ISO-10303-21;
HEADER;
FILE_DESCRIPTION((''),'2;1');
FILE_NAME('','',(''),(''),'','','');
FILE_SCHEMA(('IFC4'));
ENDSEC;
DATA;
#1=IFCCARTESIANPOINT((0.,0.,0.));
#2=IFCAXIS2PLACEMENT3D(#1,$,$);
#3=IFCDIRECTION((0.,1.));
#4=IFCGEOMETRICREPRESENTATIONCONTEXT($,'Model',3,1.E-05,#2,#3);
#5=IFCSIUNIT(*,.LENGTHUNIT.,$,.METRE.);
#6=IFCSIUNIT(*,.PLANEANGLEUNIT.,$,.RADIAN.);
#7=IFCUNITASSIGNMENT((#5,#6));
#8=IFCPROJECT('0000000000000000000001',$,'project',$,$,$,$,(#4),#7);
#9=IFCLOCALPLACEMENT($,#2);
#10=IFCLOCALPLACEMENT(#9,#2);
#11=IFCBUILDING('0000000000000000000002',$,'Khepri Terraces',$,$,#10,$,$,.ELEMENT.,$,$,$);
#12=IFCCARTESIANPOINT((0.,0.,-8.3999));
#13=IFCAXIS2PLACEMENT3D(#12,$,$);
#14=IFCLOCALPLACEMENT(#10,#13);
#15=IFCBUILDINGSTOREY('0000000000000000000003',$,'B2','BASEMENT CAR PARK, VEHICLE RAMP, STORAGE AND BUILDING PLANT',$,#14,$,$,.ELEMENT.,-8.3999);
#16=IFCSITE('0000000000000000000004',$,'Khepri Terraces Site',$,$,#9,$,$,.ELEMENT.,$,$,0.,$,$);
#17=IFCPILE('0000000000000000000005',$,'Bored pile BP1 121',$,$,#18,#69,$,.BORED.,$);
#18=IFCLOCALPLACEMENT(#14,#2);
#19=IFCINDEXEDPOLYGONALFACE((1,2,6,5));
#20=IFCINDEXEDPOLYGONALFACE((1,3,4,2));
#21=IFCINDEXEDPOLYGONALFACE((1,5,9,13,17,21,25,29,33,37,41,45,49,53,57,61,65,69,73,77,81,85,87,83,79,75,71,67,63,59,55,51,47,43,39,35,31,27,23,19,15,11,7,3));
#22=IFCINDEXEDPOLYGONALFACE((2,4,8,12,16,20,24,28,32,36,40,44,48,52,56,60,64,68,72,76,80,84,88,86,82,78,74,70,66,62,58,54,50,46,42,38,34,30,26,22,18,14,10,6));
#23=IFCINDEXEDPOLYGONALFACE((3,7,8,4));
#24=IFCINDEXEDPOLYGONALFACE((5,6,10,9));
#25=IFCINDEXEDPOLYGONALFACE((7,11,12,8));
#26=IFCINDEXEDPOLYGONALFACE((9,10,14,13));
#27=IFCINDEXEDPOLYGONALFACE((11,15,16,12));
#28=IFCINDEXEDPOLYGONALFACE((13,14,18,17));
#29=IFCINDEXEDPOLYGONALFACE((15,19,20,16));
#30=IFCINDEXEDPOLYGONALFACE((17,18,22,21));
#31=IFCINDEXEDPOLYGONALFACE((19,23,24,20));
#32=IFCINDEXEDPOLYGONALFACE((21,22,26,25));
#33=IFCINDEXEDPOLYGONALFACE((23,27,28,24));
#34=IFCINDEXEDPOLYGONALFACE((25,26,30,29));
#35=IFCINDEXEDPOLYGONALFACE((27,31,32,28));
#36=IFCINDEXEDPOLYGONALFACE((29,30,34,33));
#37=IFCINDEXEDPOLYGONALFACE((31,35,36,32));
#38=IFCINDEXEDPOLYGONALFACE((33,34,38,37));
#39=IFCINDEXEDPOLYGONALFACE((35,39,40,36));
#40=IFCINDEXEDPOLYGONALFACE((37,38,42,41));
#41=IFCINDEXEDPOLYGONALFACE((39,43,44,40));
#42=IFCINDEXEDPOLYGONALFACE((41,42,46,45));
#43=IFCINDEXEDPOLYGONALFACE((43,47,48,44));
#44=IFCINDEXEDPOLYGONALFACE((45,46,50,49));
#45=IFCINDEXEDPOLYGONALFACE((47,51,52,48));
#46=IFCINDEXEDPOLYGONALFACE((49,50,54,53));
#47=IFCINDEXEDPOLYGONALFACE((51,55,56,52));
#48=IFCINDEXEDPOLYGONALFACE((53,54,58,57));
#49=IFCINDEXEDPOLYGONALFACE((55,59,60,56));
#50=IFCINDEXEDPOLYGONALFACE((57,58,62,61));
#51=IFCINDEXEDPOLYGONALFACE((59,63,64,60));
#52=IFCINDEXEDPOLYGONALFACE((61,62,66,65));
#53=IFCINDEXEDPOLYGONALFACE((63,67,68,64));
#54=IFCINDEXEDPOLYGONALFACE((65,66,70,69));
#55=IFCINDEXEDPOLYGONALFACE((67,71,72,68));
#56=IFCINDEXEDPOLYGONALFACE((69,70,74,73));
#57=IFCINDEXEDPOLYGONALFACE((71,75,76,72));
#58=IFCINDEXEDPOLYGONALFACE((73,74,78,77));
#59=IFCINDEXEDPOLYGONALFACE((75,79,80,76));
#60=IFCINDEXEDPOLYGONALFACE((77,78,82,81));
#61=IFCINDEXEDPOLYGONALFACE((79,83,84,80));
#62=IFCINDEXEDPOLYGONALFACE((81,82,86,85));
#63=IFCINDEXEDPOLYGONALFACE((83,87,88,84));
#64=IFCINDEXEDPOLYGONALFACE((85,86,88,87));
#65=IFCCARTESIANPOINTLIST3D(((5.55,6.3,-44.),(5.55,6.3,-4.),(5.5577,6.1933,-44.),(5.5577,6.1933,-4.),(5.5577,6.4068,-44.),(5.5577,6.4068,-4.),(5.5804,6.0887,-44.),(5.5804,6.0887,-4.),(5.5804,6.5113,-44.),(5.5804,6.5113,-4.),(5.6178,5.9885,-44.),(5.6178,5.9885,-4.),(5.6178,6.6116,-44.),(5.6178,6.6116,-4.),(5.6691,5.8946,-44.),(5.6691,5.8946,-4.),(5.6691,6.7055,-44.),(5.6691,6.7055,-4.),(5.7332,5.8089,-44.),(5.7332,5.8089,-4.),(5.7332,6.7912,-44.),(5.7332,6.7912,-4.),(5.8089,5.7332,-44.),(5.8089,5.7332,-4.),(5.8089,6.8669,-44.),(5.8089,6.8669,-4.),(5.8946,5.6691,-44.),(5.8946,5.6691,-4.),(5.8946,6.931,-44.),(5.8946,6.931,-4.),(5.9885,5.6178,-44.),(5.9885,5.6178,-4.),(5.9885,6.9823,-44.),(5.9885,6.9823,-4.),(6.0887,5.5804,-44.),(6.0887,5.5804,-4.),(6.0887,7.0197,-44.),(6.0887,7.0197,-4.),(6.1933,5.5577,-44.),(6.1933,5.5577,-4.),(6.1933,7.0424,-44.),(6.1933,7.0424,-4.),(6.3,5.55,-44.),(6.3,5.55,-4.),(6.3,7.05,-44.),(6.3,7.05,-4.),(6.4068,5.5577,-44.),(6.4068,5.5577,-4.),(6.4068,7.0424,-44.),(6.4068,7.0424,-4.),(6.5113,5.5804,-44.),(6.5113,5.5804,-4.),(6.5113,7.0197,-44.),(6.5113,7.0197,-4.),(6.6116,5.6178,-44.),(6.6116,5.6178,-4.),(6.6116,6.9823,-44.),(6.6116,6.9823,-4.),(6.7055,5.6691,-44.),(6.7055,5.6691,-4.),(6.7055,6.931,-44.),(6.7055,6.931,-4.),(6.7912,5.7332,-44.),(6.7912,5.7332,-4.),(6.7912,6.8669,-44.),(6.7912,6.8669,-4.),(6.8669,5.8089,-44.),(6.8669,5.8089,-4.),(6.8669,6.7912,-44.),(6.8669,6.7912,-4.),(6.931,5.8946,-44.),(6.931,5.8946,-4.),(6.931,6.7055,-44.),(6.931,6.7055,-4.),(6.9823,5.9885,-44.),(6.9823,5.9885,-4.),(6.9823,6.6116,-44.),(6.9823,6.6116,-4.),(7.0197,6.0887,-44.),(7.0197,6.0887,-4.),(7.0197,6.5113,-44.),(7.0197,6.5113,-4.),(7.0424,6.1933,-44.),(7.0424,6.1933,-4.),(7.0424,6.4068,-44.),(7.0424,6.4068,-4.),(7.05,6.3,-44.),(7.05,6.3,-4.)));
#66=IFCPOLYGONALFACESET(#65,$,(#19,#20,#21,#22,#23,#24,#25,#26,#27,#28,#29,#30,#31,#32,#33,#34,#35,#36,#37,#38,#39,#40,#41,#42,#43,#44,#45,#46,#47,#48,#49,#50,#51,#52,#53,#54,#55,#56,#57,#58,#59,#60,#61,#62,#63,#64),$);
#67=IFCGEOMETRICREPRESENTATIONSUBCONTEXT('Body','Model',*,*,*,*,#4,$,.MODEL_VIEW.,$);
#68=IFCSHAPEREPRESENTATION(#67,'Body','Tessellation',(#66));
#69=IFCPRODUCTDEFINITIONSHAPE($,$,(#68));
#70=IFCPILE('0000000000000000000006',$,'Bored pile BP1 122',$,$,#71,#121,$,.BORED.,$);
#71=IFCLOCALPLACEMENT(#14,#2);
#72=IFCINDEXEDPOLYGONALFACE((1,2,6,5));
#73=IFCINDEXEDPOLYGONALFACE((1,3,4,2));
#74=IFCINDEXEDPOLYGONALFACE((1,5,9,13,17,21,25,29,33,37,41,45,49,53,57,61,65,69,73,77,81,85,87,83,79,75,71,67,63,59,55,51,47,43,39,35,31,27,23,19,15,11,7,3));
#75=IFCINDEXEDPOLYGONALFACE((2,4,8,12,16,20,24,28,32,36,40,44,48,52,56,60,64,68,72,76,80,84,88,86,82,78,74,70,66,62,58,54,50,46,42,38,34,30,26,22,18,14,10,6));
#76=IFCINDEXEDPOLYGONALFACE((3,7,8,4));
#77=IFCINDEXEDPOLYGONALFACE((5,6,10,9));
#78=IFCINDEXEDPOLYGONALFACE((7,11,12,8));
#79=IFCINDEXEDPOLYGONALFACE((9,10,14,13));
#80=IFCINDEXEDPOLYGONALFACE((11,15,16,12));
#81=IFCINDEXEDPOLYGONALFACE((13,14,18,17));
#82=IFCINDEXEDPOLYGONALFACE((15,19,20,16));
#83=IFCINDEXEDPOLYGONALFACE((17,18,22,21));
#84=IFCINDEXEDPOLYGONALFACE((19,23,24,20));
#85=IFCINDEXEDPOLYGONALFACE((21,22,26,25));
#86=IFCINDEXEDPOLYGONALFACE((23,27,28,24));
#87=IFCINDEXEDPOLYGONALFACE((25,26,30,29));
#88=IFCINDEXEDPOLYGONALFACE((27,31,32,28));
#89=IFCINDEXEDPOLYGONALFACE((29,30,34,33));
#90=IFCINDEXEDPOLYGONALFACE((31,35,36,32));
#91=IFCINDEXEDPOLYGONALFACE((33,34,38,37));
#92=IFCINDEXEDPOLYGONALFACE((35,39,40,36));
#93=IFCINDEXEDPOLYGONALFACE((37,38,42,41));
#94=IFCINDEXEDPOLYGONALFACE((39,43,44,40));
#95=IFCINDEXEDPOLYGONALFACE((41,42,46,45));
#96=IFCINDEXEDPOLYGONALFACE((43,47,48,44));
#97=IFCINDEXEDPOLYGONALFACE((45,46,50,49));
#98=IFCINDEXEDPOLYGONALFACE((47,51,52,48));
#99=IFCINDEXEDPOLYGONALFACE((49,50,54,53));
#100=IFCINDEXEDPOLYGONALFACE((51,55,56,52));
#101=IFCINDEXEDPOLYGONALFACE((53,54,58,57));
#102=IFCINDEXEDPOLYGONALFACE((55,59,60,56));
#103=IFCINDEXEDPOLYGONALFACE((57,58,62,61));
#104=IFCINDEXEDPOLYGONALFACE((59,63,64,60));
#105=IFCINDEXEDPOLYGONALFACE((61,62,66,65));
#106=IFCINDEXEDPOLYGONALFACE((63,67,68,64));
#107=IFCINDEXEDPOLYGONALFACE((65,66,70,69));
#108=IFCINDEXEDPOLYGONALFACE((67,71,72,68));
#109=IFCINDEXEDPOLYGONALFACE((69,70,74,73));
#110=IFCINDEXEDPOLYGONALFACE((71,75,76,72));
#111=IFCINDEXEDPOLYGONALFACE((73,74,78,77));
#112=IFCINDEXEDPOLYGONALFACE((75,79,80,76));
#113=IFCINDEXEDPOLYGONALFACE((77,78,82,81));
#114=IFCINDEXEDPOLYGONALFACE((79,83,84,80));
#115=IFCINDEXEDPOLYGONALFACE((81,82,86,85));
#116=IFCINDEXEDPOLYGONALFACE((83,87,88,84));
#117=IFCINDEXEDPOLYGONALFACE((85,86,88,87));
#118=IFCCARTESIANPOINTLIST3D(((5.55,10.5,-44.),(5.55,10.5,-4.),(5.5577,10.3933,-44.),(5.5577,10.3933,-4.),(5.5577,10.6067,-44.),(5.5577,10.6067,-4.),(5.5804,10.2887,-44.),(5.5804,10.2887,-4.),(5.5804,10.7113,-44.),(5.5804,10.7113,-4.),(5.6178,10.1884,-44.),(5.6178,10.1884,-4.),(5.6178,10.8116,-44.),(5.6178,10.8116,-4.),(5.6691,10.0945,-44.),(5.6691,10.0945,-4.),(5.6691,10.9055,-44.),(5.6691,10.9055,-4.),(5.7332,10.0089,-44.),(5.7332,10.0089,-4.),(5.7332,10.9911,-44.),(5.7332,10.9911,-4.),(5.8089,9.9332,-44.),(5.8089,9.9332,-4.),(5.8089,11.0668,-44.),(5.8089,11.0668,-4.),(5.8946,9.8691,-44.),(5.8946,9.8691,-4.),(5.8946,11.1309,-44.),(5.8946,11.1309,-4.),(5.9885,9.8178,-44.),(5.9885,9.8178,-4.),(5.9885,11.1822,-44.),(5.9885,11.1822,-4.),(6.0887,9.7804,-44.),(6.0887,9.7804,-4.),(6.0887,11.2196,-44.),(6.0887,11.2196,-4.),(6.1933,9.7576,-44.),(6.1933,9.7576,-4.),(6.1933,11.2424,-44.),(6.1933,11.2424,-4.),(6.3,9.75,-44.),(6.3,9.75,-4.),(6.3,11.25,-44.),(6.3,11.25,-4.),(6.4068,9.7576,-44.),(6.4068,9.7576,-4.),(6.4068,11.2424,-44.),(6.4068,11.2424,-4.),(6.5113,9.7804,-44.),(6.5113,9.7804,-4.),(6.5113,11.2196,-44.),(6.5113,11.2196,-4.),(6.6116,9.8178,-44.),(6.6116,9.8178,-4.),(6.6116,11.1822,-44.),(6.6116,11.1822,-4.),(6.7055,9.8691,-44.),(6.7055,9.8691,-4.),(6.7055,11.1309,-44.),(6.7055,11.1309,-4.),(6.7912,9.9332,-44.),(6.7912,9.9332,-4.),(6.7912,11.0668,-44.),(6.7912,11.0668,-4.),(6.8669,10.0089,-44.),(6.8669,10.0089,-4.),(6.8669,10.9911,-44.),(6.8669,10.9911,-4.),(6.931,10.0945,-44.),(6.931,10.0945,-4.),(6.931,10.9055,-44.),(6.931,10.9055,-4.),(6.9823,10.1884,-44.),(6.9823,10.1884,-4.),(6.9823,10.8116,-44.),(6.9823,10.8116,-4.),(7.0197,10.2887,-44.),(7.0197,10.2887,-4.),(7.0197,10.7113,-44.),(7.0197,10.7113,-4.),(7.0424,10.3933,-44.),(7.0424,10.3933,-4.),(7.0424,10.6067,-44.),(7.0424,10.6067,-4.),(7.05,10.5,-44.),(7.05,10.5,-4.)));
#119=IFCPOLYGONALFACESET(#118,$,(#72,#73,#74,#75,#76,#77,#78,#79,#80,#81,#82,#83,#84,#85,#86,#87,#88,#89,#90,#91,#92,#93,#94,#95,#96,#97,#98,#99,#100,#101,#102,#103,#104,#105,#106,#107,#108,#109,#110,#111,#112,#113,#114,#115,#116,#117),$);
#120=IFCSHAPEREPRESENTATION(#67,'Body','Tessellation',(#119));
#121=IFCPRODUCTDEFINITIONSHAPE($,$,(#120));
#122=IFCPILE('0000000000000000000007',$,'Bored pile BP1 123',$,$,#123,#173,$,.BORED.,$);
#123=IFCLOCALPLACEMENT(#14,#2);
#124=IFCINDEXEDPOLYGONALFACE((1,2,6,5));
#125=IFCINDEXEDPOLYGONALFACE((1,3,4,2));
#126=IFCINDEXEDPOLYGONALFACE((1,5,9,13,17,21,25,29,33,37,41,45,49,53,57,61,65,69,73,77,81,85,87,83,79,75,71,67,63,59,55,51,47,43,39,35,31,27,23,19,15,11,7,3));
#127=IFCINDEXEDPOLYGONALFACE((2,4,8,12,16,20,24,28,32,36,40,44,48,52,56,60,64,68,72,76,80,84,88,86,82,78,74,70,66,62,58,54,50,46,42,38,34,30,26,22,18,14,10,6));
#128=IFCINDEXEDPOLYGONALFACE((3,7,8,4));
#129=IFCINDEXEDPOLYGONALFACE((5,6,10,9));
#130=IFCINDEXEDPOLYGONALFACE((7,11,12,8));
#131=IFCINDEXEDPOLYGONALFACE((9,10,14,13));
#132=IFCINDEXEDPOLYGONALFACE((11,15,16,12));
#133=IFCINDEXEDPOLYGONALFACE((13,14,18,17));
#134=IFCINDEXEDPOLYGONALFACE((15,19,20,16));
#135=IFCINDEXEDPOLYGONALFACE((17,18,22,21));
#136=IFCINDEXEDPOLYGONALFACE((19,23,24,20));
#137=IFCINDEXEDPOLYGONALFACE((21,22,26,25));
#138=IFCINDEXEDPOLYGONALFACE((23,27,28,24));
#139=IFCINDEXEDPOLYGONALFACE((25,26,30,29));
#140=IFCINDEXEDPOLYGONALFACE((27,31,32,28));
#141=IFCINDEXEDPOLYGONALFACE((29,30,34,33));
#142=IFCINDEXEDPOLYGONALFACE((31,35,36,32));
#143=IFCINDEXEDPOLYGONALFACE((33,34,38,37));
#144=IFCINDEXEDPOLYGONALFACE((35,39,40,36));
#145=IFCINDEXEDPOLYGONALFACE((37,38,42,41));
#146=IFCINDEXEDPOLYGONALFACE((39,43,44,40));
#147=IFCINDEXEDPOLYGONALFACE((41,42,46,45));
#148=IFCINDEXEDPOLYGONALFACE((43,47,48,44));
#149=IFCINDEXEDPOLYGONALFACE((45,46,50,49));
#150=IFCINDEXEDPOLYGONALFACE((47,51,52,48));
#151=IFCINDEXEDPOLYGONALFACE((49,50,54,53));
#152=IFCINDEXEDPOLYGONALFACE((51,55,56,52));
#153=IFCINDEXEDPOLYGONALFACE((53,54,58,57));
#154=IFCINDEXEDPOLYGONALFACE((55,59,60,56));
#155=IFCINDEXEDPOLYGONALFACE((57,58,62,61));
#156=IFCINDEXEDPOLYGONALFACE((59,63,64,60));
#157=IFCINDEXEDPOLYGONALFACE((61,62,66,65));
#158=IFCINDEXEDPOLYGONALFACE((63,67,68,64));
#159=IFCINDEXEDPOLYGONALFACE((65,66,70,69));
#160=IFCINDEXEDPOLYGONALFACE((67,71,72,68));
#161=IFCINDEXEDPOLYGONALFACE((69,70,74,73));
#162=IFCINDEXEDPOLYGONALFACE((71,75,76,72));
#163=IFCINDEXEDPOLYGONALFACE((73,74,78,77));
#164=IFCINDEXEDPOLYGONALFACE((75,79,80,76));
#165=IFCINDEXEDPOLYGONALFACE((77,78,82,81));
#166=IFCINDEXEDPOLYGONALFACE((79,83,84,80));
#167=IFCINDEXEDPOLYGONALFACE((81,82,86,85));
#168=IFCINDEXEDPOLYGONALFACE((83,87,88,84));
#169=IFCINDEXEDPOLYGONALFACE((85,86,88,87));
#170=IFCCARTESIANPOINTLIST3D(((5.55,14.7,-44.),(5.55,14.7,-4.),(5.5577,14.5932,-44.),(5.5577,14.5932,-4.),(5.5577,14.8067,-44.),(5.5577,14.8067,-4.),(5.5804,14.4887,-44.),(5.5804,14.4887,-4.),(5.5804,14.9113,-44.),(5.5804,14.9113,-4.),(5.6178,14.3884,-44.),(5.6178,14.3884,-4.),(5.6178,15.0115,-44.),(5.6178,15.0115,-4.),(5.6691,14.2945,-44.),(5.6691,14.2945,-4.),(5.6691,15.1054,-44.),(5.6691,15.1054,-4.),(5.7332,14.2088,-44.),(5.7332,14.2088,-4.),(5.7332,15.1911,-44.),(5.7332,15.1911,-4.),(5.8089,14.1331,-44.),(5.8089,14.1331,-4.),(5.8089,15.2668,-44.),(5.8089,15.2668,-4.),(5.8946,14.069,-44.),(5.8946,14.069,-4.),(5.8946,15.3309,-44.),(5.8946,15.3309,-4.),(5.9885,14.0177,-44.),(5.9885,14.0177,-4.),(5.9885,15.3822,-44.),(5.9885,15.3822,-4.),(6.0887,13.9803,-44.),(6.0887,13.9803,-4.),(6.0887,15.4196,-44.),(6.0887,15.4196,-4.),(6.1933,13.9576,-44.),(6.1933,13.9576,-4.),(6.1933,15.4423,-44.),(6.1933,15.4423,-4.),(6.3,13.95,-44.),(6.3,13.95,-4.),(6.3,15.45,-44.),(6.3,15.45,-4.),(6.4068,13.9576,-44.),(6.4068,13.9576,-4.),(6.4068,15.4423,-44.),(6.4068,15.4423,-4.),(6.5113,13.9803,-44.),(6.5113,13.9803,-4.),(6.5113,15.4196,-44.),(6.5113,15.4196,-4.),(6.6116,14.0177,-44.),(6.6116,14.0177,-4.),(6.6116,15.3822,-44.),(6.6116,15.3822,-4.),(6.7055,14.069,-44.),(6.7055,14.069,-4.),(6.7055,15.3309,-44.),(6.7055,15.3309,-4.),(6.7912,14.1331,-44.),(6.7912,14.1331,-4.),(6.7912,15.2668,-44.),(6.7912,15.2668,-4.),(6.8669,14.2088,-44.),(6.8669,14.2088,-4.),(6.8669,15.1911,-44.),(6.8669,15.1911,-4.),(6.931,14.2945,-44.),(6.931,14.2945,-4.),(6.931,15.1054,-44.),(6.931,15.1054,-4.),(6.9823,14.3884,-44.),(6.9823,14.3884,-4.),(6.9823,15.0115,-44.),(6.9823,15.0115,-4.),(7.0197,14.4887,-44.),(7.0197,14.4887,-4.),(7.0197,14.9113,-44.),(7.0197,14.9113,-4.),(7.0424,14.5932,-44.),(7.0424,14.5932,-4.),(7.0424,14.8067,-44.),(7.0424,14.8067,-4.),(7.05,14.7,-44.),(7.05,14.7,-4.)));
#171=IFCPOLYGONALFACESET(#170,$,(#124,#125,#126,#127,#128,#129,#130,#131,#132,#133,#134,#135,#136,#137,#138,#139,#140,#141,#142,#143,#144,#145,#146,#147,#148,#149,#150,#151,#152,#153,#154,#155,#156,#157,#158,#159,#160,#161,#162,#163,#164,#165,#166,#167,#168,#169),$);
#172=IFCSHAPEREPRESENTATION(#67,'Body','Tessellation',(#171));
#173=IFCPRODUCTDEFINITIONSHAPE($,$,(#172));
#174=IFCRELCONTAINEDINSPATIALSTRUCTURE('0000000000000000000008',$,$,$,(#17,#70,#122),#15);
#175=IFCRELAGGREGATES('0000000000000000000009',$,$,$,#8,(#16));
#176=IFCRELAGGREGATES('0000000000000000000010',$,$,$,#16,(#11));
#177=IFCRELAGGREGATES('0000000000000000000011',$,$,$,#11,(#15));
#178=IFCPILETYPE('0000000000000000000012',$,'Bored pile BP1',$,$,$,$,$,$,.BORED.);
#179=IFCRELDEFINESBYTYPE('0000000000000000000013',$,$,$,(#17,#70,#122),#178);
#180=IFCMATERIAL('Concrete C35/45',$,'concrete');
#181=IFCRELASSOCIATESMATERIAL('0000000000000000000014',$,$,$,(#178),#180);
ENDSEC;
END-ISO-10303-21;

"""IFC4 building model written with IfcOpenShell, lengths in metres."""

from ifc_helpers import new_model, si_unit, direction, frame, origin, origin_2d, place, context, subcontext, project, spatial, circle, extrude, material, material_profile, profile_set, type_object, element, save


model = new_model("IFC4")

# Units and contexts
model_context = context("Model", 3, precision=1e-05, world=origin(), true_north=direction((0.0, 1.0)))
body_context = subcontext(model_context, "Body", "Model", "MODEL_VIEW")
ifc_project = project(units=[si_unit("LENGTHUNIT", "METRE"), si_unit("PLANEANGLEUNIT", "RADIAN")], contexts=[model_context])

# Site, building, storey
site_placement = place(None, origin())
site = spatial("IfcSite", under=ifc_project, at=site_placement, Name="Khepri Terraces Site", CompositionType="ELEMENT", RefElevation=0.0)
building_placement = place(site_placement, origin())
building = spatial("IfcBuilding", under=site, at=building_placement, Name="Khepri Terraces", CompositionType="ELEMENT")
storey_placement = place(building_placement, frame((0.0, 0.0, -8.3999)))
storey = spatial("IfcBuildingStorey", under=building, at=storey_placement, Name="B2", Description="BASEMENT CAR PARK, VEHICLE RAMP, STORAGE AND BUILDING PLANT", CompositionType="ELEMENT", Elevation=-8.3999)

# Piles
ifc_material_1 = material(Name="Concrete C35/45", Category="concrete")
ifc_material_profile_1 = material_profile(ifc_material_1, circle(Radius=0.75, at=origin_2d()), Name="Concrete C35/45", Category="concrete")
ifc_profile_set_1 = profile_set([ifc_material_profile_1], Name="Concrete C35/45")
pile_type = type_object("IfcPileType", Name="Bored pile BP1", PredefinedType="BORED", material=ifc_profile_set_1)
for number, where, z_axis, x_axis, name in (
    (1, (6.3, 6.3, -4.0), (0.0, 0.0, -1.0), (1.0, 0.0, 0.0), "Bored pile BP1 121"),
    (2, (6.3, 10.5, -4.0), (0.0, 0.0, -1.0), (1.0, 0.0, 0.0), "Bored pile BP1 122"),
    (3, (6.3, 14.7, -4.0), (0.0, 0.0, -1.0), (1.0, 0.0, 0.0), "Bored pile BP1 123"),
):
    element("IfcPile", number, at=place(storey_placement, frame(where, z_axis=z_axis, x_axis=x_axis)), inside=storey, type_object=pile_type, Name=name, PredefinedType="BORED", context=body_context, shape_type="SweptSolid", body=[
        extrude(circle(Radius=0.75, at=origin_2d()), origin(), (0.0, 0.0, 1.0), 40.0),
    ])

save(model, "model.ifc")
